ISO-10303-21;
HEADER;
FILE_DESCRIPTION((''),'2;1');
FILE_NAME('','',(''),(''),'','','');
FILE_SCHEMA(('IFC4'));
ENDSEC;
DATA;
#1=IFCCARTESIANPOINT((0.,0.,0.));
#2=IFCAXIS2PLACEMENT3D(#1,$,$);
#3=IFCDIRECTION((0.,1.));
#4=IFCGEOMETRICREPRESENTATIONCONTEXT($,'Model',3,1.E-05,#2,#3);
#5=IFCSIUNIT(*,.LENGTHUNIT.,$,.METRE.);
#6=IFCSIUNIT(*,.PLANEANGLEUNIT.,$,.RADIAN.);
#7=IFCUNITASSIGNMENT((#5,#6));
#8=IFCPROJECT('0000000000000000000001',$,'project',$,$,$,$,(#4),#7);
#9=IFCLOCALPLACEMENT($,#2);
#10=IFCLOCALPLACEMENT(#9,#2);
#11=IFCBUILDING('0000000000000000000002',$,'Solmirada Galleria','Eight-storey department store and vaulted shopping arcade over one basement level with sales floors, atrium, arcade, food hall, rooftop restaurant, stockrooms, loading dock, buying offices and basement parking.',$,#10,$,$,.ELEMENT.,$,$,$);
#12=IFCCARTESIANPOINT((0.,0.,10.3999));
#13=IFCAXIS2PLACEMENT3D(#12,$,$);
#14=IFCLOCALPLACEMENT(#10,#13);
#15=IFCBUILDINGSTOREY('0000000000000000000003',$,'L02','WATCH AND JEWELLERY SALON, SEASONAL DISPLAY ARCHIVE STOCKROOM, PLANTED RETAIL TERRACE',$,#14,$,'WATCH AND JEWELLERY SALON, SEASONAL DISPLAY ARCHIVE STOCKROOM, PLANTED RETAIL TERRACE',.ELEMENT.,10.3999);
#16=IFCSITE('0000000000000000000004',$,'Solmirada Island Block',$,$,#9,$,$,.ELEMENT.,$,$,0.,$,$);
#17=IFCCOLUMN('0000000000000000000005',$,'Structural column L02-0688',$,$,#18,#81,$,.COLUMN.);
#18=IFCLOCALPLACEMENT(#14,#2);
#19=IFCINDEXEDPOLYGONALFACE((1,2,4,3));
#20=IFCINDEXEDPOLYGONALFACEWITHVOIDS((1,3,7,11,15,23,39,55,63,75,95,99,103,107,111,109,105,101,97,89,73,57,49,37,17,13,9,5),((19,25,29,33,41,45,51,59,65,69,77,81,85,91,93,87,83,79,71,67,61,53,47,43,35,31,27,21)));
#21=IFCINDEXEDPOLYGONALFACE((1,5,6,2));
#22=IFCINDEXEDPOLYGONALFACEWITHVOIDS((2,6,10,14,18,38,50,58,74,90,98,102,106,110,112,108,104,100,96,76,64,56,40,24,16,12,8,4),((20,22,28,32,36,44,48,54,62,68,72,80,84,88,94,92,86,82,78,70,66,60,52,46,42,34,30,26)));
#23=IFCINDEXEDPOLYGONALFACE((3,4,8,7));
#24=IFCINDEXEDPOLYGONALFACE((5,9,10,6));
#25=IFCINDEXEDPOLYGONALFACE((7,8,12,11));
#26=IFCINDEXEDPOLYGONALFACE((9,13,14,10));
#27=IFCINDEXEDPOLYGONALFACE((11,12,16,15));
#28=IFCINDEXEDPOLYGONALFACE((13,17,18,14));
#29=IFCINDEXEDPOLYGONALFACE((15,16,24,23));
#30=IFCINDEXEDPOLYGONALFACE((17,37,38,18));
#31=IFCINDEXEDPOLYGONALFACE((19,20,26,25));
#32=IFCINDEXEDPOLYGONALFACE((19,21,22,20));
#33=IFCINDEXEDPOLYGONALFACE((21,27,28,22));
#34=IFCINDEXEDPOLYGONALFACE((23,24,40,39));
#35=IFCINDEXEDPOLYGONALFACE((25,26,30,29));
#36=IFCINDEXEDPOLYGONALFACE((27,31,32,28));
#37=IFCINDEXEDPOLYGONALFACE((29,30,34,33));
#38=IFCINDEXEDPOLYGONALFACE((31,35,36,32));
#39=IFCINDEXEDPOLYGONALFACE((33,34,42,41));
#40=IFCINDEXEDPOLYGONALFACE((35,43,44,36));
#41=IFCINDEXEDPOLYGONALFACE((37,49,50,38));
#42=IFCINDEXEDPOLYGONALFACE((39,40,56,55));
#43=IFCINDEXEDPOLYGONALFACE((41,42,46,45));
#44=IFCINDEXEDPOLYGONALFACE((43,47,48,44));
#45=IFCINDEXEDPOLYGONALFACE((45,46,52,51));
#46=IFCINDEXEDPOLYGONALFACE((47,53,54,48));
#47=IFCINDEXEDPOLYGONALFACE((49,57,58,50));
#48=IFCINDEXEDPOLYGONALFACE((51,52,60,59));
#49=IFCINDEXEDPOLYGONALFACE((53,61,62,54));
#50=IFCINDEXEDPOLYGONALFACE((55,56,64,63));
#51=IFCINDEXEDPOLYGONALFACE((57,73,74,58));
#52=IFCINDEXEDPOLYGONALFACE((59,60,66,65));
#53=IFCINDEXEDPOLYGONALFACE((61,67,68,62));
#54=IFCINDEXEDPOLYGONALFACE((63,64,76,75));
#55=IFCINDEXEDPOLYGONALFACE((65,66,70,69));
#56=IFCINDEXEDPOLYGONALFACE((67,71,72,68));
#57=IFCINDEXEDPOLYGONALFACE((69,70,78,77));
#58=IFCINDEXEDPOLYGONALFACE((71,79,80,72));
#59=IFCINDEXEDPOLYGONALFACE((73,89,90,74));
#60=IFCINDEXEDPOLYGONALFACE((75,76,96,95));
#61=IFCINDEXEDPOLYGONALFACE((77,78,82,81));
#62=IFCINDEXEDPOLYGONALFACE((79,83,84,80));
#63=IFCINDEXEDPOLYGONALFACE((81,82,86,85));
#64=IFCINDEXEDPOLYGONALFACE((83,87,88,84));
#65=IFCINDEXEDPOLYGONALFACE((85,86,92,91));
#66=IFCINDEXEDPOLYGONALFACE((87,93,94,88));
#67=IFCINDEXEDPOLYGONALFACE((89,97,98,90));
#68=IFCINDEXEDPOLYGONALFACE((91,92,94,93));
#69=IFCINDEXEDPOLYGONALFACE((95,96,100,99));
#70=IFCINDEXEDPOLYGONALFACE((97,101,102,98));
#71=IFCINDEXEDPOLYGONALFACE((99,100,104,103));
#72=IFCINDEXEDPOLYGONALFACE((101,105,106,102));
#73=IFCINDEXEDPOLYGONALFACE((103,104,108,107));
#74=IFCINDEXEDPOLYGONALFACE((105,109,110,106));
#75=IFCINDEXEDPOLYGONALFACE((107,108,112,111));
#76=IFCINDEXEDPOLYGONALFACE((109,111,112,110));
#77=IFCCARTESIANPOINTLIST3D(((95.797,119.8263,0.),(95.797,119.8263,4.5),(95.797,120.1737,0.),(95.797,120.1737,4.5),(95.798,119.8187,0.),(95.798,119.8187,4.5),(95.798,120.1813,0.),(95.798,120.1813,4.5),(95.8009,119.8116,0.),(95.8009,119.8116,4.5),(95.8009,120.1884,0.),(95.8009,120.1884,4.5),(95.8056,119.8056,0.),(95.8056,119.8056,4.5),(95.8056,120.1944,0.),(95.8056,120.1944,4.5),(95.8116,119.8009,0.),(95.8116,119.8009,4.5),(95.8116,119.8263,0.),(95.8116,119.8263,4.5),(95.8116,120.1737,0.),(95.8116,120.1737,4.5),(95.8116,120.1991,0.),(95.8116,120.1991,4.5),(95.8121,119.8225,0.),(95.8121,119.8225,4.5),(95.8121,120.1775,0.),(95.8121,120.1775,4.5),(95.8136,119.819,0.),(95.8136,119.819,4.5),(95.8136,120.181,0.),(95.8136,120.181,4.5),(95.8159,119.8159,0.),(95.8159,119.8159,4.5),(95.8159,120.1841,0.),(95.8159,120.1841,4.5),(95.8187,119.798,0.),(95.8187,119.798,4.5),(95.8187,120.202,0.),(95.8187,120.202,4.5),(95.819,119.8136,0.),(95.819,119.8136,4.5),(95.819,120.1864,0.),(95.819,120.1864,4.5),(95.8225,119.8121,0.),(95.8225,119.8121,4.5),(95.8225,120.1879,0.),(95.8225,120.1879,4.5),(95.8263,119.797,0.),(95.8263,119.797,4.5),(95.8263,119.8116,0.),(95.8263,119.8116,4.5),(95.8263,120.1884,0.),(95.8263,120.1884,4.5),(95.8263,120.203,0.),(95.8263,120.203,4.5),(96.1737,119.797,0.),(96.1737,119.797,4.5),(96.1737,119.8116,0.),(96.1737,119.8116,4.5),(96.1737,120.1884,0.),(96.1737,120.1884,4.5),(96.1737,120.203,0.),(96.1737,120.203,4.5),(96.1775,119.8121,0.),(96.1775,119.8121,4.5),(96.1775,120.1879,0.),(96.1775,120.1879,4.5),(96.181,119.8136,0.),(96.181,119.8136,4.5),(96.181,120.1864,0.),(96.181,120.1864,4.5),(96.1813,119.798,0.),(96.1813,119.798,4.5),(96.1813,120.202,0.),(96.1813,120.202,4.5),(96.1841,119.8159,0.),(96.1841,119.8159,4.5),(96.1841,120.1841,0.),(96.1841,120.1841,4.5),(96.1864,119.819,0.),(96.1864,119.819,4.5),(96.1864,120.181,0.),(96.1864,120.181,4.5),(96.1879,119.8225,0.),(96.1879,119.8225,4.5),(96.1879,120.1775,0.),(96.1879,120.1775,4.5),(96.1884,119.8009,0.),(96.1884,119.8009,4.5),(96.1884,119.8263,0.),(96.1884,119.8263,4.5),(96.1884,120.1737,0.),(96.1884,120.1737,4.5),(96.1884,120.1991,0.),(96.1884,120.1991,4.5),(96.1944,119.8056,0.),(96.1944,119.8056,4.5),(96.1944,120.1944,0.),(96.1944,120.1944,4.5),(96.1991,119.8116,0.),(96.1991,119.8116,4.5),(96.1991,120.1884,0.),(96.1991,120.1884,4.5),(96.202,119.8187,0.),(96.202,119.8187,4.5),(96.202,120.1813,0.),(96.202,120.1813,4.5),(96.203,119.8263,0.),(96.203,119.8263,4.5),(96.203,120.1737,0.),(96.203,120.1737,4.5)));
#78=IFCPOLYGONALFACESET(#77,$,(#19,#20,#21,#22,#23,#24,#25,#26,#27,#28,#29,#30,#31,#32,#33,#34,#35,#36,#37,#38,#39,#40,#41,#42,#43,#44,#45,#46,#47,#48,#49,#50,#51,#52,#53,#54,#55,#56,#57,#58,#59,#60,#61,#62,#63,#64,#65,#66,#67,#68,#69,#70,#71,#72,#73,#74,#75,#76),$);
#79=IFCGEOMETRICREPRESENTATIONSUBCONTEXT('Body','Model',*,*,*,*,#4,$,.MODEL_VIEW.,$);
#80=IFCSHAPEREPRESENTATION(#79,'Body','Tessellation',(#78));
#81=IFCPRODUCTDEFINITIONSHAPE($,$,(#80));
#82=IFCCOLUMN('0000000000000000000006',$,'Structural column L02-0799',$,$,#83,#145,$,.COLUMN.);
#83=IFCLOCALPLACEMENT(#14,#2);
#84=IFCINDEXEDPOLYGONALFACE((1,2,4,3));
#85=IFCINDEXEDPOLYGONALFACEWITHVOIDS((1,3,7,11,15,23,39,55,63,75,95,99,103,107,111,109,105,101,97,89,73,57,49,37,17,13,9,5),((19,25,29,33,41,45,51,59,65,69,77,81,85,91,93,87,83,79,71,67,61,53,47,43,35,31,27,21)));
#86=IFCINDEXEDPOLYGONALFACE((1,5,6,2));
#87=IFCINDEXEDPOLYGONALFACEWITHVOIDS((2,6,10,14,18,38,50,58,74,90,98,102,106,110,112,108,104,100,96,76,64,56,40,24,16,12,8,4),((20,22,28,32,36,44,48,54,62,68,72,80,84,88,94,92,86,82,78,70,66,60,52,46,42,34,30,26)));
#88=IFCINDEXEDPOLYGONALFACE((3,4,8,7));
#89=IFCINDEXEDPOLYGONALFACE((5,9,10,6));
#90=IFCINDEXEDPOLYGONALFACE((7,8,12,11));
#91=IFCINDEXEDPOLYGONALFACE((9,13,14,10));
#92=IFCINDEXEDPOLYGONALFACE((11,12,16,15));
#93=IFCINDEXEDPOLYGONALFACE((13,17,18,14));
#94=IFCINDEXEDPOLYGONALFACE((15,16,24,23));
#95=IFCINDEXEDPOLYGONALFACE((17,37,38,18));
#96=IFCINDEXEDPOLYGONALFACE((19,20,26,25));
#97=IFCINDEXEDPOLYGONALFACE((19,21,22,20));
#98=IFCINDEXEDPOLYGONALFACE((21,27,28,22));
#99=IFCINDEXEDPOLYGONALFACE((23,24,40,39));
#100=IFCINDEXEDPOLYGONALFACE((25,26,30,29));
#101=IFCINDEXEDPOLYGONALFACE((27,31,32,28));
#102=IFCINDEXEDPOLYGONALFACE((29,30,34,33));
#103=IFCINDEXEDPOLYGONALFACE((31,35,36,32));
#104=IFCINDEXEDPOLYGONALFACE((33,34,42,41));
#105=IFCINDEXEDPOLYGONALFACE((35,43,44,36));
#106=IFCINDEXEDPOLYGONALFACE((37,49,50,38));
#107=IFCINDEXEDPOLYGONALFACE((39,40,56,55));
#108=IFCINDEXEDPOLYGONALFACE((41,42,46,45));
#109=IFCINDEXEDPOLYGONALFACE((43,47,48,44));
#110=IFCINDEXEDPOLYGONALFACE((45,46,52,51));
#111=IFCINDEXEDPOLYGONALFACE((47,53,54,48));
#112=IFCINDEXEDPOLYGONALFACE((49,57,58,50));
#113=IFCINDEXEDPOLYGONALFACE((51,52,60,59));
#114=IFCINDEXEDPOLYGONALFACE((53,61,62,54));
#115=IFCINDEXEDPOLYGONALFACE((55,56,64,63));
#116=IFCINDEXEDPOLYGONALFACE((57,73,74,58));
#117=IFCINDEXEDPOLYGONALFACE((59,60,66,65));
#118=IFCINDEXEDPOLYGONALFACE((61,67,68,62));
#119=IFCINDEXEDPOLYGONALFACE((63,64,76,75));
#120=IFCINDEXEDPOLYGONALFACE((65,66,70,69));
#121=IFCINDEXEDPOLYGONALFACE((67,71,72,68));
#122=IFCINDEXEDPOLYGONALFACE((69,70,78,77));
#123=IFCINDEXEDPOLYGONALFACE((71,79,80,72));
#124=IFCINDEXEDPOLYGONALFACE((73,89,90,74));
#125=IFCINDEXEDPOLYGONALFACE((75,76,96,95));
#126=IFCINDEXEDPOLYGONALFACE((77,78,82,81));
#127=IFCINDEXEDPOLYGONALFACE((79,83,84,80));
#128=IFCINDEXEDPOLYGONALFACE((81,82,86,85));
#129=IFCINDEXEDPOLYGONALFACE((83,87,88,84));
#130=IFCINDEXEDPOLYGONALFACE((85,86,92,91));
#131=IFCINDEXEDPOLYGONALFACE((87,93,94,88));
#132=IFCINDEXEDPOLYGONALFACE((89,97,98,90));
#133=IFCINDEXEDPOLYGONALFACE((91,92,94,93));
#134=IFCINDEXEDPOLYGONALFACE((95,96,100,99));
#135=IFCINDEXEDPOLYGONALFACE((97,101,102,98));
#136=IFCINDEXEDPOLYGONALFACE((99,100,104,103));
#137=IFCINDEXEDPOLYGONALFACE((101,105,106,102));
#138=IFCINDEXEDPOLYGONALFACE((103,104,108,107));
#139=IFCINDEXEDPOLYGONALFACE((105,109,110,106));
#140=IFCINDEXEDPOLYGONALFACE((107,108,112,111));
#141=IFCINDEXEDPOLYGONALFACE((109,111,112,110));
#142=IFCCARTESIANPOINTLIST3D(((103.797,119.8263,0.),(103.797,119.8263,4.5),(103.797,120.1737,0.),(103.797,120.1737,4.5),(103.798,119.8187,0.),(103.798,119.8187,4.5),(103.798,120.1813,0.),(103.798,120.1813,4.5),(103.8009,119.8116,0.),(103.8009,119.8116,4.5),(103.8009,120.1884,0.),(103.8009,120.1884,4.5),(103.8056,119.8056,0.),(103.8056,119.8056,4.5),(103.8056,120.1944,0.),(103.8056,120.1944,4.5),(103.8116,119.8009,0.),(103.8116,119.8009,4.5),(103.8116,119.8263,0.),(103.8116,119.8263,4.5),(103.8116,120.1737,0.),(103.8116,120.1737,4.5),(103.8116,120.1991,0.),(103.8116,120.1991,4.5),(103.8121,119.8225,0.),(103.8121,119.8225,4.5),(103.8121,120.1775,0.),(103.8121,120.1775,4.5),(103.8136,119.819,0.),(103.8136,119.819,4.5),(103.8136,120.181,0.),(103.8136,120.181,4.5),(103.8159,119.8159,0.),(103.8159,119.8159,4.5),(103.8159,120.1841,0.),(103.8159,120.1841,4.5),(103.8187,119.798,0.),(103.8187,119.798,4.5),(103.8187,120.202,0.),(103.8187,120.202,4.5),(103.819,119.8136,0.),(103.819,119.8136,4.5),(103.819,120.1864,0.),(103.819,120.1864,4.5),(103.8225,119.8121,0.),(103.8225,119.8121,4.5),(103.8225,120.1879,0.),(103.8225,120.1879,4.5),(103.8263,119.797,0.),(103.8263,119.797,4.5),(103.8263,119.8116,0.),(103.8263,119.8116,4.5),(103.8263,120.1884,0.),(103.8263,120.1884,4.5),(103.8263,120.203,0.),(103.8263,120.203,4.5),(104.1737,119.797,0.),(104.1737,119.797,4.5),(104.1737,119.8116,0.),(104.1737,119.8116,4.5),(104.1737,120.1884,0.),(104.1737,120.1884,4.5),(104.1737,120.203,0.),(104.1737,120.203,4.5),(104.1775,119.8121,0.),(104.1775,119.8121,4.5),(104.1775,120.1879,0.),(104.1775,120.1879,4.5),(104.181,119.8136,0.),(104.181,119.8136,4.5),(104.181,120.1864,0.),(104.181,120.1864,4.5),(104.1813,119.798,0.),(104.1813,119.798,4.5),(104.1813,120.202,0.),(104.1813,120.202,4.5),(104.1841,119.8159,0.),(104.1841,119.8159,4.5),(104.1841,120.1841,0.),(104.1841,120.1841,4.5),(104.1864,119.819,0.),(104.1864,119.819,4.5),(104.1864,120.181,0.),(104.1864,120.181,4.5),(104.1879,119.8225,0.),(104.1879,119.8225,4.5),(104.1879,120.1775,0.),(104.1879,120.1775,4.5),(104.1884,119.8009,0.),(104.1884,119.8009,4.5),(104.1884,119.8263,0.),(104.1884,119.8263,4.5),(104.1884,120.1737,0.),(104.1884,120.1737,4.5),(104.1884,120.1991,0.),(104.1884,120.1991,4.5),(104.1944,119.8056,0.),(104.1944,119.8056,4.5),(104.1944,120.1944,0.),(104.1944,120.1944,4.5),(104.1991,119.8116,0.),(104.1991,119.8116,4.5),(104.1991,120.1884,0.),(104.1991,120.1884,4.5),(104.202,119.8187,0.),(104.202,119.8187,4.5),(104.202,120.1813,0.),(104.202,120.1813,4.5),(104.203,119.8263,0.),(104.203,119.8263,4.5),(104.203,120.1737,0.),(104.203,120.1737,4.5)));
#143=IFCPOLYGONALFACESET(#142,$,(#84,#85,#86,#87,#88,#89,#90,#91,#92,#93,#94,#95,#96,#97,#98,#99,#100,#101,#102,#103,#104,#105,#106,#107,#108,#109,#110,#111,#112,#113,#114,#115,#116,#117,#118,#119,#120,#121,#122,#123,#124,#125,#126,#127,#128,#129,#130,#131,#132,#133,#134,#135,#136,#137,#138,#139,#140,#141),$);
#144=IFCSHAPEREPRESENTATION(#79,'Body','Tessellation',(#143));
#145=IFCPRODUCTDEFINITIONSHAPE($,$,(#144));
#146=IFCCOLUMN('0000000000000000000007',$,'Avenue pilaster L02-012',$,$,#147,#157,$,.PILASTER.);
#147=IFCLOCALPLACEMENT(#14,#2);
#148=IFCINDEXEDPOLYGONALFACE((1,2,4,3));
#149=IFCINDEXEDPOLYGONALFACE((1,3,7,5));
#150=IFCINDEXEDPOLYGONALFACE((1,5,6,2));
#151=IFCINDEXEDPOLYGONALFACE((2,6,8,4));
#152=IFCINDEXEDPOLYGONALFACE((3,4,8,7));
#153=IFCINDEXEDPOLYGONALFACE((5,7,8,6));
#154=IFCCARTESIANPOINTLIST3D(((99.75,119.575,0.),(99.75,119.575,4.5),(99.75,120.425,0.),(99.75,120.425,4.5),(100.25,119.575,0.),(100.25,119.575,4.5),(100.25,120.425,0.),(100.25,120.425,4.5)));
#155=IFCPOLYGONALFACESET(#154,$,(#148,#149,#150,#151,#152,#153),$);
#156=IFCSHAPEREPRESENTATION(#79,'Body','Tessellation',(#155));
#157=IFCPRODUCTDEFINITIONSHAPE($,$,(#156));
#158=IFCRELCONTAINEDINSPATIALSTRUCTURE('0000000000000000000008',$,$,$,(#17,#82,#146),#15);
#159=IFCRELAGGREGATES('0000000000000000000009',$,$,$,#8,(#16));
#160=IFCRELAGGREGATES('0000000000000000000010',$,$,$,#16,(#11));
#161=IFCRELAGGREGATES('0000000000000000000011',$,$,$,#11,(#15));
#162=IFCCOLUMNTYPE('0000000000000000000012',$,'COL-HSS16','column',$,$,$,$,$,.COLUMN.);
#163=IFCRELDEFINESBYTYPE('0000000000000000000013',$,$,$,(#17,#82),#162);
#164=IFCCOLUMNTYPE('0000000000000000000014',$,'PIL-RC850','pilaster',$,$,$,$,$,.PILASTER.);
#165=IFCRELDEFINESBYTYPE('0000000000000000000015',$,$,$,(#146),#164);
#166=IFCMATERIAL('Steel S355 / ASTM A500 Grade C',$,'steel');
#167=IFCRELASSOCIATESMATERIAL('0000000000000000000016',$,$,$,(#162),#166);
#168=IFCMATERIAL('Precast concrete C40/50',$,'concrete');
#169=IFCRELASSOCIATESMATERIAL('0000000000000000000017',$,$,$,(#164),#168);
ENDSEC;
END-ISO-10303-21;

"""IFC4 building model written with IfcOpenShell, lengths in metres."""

from ifc_helpers import new_model, si_unit, direction, frame, origin, origin_2d, place, context, subcontext, project, spatial, rectangle, hollow_rectangle, extrude, material, material_profile, profile_set, type_object, element, save


model = new_model("IFC4")

# Units and contexts
model_context = context("Model", 3, precision=1e-05, world=origin(), true_north=direction((0.0, 1.0)))
body_context = subcontext(model_context, "Body", "Model", "MODEL_VIEW")
ifc_project = project(units=[si_unit("LENGTHUNIT", "METRE"), si_unit("PLANEANGLEUNIT", "RADIAN")], contexts=[model_context])

# Site, building, storey
site_placement = place(None, origin())
site = spatial("IfcSite", under=ifc_project, at=site_placement, Name="Solmirada Island Block", CompositionType="ELEMENT", RefElevation=0.0)
building_placement = place(site_placement, origin())
building = spatial("IfcBuilding", under=site, at=building_placement, Name="Solmirada Galleria", Description="Eight-storey department store and vaulted shopping arcade over one basement level with sales floors, atrium, arcade, food hall, rooftop restaurant, stockrooms, loading dock, buying offices and basement parking.", CompositionType="ELEMENT")
storey_placement = place(building_placement, frame((0.0, 0.0, 10.3999)))
storey = spatial("IfcBuildingStorey", under=building, at=storey_placement, Name="L02", Description="WATCH AND JEWELLERY SALON, SEASONAL DISPLAY ARCHIVE STOCKROOM, PLANTED RETAIL TERRACE", LongName="WATCH AND JEWELLERY SALON, SEASONAL DISPLAY ARCHIVE STOCKROOM, PLANTED RETAIL TERRACE", CompositionType="ELEMENT", Elevation=10.3999)

# Columns
ifc_material_1 = material(Name="Steel S355 / ASTM A500 Grade C", Category="steel")
ifc_material_profile_1 = material_profile(ifc_material_1, hollow_rectangle(XDim=0.406, YDim=0.406, WallThickness=0.0146, InnerFilletRadius=0.0146, OuterFilletRadius=0.0293, at=origin_2d()), Name="HSS16X16X5/8")
ifc_profile_set_1 = profile_set([ifc_material_profile_1], Name="Steel S355 / ASTM A500 Grade C")
column_type_1 = type_object("IfcColumnType", Name="COL-HSS16", Description="column", PredefinedType="COLUMN", material=ifc_profile_set_1)
for number, where, z_axis, x_axis, name in (
    (1, (96.0, 120.0, 0.0), (0.0, 0.0, 1.0), (1.0, 0.0, 0.0), "Structural column L02-0688"),
    (2, (104.0, 120.0, 0.0), (0.0, 0.0, 1.0), (1.0, 0.0, 0.0), "Structural column L02-0799"),
):
    element("IfcColumn", number, at=place(storey_placement, frame(where, z_axis=z_axis, x_axis=x_axis)), inside=storey, type_object=column_type_1, Name=name, PredefinedType="COLUMN", context=body_context, shape_type="SweptSolid", body=[
        extrude(hollow_rectangle(XDim=0.406, YDim=0.406, WallThickness=0.0146, InnerFilletRadius=0.0146, OuterFilletRadius=0.0293, at=origin_2d()), origin(), (0.0, 0.0, 1.0), 4.5),
    ])
ifc_material_2 = material(Name="Precast concrete C40/50", Category="concrete")
ifc_material_profile_2 = material_profile(ifc_material_2, rectangle(XDim=0.5, YDim=0.8501, at=origin_2d()), Name="RC850X500")
ifc_profile_set_2 = profile_set([ifc_material_profile_2], Name="Precast concrete C40/50")
column_type_2 = type_object("IfcColumnType", Name="PIL-RC850", Description="pilaster", PredefinedType="PILASTER", material=ifc_profile_set_2)
column_placement = place(storey_placement, frame((100.0, 120.0, 0.0), z_axis=(0.0, 0.0, 1.0), x_axis=(1.0, 0.0, 0.0)))
element("IfcColumn", 3, at=column_placement, inside=storey, type_object=column_type_2, Name="Avenue pilaster L02-012", PredefinedType="PILASTER", context=body_context, shape_type="SweptSolid", body=[
    extrude(rectangle(XDim=0.5, YDim=0.8501, at=origin_2d()), origin(), (0.0, 0.0, 1.0), 4.5),
])

save(model, "model.ifc")
